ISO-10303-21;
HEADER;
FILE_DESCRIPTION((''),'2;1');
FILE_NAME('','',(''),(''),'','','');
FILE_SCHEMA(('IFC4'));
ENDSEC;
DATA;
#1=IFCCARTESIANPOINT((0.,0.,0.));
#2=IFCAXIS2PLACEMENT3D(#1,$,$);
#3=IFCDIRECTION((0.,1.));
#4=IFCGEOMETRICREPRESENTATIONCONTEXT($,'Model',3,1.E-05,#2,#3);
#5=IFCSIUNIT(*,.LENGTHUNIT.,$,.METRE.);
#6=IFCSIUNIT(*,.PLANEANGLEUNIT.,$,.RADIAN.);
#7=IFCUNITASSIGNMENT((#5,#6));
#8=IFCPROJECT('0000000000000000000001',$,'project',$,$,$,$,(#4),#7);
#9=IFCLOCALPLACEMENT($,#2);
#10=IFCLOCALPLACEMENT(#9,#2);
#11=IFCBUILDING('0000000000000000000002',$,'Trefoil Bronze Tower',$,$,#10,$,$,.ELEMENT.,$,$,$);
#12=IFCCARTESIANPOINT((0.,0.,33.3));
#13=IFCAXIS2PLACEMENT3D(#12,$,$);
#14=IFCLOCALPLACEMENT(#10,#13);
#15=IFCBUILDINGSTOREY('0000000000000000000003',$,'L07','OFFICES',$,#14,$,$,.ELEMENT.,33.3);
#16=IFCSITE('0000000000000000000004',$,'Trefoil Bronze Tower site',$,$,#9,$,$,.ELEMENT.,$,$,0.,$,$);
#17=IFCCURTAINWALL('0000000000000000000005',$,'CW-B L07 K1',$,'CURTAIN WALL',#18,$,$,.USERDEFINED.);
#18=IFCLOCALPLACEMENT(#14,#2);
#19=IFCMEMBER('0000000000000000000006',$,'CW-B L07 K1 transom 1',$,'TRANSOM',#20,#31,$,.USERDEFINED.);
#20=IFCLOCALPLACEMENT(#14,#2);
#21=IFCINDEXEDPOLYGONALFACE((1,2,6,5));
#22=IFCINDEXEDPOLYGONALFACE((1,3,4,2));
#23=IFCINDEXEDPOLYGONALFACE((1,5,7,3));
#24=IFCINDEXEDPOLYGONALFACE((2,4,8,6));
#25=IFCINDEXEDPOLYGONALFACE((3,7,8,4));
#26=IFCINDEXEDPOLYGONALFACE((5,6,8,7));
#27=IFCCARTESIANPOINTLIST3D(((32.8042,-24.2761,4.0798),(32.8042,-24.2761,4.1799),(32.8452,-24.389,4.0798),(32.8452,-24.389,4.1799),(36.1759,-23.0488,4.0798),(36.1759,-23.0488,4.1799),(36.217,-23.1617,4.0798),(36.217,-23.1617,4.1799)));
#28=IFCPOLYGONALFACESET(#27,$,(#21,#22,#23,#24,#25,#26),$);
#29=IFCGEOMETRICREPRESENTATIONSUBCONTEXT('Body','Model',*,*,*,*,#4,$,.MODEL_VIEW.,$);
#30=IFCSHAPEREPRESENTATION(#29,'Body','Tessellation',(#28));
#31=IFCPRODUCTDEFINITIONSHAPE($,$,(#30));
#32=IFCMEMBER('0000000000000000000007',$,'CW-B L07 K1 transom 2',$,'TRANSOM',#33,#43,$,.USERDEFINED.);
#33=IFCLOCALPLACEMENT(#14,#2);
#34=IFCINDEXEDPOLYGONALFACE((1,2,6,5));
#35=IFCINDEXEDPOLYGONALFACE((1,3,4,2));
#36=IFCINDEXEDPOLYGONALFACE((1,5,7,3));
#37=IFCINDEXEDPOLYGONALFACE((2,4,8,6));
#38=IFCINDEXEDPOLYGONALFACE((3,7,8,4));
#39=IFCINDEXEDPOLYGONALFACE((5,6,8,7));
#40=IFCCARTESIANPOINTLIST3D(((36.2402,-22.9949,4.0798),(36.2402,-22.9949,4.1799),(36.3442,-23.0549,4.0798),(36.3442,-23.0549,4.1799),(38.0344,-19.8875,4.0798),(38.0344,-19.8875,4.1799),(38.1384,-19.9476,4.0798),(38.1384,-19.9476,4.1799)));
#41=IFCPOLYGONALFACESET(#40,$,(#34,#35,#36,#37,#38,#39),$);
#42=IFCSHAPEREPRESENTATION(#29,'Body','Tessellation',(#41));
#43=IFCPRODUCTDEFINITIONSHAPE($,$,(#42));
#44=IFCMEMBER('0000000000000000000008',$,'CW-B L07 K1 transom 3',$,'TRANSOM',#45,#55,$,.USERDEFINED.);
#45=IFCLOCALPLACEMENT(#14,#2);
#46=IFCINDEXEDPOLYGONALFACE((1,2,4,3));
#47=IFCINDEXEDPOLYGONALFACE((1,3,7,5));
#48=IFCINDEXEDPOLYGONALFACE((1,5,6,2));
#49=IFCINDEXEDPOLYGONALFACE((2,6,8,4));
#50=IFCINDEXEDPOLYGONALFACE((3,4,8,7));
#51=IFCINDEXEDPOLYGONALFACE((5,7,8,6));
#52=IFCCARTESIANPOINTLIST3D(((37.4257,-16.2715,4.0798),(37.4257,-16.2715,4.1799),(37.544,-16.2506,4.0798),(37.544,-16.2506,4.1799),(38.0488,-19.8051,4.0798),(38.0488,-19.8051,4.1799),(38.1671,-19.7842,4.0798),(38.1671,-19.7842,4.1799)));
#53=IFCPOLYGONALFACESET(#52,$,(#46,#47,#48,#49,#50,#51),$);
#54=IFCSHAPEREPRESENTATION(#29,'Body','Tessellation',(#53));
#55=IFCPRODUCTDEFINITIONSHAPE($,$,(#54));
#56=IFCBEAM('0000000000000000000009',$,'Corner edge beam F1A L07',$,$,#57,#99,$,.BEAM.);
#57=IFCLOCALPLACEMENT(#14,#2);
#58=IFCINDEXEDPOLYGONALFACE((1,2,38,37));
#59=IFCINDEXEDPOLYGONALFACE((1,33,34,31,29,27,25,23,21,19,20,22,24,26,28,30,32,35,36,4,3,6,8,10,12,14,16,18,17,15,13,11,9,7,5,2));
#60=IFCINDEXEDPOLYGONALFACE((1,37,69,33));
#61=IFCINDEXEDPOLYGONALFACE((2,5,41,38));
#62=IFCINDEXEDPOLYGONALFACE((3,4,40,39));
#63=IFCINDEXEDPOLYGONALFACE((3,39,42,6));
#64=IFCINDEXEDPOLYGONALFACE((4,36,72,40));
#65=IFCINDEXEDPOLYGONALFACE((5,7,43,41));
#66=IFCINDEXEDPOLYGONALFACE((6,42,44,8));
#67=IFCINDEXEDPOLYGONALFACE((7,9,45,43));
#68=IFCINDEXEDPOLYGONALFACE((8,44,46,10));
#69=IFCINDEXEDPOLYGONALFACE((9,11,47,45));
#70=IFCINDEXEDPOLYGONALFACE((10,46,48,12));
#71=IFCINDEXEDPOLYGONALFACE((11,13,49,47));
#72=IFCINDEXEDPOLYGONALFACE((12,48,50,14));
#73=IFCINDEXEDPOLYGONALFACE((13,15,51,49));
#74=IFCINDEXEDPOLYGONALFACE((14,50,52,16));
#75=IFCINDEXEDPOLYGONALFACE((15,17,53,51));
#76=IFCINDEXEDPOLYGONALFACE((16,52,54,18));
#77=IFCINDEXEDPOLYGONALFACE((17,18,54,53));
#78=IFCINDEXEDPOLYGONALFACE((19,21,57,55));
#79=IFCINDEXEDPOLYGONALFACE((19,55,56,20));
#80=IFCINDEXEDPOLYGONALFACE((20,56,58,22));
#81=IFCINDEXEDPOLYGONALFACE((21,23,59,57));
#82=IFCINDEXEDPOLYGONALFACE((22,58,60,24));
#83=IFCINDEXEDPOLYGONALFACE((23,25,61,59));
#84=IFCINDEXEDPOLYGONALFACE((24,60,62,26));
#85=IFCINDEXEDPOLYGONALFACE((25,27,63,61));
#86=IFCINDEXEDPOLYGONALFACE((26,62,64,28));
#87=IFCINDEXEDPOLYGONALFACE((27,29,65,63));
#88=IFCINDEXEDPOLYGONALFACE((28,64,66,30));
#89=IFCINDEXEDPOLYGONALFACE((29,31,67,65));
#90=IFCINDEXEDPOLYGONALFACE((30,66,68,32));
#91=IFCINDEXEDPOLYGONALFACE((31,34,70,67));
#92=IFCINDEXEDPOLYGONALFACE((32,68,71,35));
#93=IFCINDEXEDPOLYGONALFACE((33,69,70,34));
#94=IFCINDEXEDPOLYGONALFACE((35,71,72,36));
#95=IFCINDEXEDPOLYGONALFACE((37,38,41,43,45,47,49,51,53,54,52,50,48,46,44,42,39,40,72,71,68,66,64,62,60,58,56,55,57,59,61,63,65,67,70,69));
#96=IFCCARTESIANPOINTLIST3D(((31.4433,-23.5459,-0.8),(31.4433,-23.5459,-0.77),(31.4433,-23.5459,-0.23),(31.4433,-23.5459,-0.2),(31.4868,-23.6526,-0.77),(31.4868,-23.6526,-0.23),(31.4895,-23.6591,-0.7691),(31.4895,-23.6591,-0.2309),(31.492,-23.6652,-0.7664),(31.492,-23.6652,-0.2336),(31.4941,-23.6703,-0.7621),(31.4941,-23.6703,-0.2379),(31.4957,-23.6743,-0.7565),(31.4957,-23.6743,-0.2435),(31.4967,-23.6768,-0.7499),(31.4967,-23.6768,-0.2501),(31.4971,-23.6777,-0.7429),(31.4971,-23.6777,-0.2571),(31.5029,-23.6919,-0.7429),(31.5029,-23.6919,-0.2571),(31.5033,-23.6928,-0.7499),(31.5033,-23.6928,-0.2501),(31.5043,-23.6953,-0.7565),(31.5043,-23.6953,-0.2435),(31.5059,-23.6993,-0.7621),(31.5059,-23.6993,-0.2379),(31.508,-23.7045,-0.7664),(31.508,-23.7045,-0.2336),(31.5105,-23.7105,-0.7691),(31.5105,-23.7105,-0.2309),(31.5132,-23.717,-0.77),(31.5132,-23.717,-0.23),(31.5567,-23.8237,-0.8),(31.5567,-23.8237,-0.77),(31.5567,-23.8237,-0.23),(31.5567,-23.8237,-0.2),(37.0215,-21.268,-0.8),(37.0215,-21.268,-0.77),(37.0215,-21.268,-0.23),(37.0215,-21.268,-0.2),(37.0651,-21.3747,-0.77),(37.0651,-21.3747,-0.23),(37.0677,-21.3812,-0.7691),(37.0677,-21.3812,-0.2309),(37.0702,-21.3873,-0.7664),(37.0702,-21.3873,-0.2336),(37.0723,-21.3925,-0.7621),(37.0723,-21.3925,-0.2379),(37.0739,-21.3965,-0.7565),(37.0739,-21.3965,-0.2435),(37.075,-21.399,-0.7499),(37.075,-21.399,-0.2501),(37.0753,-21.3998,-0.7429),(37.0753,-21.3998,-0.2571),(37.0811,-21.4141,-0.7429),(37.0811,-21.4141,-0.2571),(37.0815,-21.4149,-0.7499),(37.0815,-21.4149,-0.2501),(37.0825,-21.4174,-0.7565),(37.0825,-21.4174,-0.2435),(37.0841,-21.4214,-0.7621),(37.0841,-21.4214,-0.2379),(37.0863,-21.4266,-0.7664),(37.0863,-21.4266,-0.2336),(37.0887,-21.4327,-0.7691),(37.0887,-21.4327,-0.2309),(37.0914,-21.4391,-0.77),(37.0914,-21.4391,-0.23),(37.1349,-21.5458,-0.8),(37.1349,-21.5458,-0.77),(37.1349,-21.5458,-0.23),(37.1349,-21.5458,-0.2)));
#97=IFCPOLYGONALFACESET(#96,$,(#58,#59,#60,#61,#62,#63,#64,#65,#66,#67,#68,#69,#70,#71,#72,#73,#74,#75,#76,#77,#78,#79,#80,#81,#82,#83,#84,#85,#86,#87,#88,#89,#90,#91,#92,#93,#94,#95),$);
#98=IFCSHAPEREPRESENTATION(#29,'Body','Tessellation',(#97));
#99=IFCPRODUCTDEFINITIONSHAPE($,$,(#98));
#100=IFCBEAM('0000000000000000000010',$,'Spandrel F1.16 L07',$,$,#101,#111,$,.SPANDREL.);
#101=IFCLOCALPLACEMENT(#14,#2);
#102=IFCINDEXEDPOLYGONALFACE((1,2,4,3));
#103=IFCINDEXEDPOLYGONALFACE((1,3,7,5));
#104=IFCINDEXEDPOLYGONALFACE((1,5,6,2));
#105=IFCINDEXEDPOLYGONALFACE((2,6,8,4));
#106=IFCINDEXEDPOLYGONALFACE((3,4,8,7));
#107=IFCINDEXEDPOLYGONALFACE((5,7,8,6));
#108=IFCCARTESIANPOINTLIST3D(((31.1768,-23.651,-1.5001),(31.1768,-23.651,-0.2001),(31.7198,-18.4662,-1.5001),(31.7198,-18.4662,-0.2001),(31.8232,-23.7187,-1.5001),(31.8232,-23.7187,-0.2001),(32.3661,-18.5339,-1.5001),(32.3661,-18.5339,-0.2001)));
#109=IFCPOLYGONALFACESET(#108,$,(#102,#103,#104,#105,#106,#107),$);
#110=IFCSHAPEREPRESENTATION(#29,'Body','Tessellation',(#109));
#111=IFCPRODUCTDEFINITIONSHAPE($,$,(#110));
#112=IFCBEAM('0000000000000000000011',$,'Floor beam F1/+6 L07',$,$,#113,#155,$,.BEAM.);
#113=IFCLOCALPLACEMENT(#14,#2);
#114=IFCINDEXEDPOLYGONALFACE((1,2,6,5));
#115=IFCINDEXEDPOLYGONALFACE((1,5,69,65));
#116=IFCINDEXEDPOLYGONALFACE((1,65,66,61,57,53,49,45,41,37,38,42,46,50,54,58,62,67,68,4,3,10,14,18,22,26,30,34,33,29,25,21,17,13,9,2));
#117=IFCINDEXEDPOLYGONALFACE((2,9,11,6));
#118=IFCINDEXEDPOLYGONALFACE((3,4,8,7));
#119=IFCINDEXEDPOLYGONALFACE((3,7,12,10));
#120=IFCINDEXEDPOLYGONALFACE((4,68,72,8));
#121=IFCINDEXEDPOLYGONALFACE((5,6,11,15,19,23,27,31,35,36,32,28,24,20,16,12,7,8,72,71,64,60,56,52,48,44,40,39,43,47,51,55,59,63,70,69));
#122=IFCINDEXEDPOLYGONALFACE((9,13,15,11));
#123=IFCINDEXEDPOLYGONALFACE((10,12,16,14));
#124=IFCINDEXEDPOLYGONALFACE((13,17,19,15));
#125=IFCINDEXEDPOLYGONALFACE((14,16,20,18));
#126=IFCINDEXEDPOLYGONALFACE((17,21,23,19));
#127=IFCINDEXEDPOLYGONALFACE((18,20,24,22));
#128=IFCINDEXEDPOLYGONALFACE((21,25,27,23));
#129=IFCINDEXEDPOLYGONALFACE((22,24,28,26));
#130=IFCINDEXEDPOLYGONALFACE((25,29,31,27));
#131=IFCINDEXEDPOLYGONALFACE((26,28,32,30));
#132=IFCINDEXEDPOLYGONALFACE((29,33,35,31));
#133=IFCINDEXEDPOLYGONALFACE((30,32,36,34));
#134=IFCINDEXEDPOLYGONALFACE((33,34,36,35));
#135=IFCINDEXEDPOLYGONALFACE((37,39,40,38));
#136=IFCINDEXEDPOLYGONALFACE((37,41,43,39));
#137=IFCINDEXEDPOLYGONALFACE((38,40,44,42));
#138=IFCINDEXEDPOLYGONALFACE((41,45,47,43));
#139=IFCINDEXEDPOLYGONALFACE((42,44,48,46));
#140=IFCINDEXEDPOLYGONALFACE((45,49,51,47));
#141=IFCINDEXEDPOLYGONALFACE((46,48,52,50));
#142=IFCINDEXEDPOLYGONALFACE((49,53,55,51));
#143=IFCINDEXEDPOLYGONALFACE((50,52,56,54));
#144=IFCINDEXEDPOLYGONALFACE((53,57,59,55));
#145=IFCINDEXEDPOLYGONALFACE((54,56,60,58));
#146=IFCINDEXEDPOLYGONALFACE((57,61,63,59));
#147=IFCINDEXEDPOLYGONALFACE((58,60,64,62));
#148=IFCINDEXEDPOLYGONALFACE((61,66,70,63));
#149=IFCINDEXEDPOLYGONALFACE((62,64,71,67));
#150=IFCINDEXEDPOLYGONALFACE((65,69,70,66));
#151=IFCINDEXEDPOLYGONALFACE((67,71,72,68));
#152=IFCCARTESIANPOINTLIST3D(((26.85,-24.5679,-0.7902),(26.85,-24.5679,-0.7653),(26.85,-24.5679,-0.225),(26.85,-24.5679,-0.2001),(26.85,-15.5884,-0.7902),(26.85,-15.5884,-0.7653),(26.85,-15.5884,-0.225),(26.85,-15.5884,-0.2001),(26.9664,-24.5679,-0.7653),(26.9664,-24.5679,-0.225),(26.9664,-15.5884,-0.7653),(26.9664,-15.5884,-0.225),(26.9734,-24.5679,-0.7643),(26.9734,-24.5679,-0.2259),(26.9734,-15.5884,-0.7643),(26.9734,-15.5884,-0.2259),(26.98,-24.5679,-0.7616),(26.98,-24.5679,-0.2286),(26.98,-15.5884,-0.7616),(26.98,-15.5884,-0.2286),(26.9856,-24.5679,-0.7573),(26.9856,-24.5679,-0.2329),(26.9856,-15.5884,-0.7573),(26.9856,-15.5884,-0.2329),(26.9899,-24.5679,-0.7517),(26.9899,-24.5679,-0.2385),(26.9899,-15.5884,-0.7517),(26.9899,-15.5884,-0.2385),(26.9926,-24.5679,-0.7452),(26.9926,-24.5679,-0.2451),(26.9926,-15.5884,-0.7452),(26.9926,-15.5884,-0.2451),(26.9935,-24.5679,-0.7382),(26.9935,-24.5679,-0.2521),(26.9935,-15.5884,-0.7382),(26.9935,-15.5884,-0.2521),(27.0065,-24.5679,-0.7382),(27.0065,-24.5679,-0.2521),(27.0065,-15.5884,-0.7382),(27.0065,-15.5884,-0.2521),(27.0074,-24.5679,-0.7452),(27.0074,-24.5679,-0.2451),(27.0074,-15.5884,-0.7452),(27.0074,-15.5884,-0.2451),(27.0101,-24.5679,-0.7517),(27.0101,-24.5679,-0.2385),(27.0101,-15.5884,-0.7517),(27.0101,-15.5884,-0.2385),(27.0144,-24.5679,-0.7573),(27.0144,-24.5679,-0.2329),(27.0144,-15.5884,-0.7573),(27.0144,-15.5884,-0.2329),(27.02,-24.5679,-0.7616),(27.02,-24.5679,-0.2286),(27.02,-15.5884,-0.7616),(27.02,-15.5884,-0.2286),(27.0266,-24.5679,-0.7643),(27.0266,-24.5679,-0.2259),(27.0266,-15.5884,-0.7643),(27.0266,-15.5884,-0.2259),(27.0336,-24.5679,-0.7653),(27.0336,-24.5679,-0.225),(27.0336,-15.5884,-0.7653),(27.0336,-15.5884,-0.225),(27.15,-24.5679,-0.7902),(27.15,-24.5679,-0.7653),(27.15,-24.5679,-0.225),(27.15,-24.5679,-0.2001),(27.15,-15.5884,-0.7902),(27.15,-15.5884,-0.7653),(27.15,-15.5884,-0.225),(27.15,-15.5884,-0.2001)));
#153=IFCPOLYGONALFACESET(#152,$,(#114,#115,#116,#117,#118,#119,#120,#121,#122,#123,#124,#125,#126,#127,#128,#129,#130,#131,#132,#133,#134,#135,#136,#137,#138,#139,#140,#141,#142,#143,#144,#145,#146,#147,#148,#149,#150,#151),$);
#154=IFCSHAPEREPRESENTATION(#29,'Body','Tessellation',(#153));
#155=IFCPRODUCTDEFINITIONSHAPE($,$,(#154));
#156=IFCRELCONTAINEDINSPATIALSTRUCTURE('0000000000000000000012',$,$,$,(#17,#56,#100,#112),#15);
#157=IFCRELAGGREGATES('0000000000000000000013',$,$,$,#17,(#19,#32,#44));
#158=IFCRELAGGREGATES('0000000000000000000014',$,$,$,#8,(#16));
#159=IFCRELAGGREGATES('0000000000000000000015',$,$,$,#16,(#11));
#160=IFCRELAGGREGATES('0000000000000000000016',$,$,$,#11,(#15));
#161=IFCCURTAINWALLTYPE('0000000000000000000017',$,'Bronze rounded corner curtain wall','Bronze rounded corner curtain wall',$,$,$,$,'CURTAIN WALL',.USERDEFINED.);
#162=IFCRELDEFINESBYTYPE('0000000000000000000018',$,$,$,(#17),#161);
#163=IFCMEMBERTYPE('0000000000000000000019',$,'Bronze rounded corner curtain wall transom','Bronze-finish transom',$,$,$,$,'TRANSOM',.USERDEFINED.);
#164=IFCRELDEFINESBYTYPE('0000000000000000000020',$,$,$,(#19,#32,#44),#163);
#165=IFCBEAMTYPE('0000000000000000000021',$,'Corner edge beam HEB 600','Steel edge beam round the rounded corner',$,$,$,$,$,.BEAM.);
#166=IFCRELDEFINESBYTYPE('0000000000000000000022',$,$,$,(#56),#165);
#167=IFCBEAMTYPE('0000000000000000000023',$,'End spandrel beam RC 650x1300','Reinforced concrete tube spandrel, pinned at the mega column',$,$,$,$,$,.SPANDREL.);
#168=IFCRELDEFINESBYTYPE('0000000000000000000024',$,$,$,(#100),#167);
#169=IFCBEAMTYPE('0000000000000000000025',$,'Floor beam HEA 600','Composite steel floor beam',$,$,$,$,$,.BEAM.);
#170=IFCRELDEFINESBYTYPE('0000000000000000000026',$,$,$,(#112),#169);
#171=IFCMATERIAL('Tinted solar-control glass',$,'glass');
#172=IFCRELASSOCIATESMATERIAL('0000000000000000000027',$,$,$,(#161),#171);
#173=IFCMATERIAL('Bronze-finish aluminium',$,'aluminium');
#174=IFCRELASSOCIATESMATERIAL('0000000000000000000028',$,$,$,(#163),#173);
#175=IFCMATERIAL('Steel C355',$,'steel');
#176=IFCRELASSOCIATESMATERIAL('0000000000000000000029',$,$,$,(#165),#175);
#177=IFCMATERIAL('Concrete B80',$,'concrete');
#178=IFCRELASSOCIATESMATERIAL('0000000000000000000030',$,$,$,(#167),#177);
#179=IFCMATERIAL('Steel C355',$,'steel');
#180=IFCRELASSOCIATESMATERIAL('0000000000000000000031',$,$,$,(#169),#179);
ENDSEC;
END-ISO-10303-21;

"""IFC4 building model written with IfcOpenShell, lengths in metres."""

from ifc_helpers import new_model, si_unit, direction, frame, origin, origin_2d, place, context, subcontext, project, spatial, rectangle, i_section, extrude, material, material_profile, profile_set, type_object, element, aggregate, save


model = new_model("IFC4")

# Units and contexts
model_context = context("Model", 3, precision=1e-05, world=origin(), true_north=direction((0.0, 1.0)))
body_context = subcontext(model_context, "Body", "Model", "MODEL_VIEW")
ifc_project = project(units=[si_unit("LENGTHUNIT", "METRE"), si_unit("PLANEANGLEUNIT", "RADIAN")], contexts=[model_context])

# Site, building, storey
site_placement = place(None, origin())
site = spatial("IfcSite", under=ifc_project, at=site_placement, Name="Trefoil Bronze Tower site", CompositionType="ELEMENT", RefElevation=0.0)
building_placement = place(site_placement, origin())
building = spatial("IfcBuilding", under=site, at=building_placement, Name="Trefoil Bronze Tower", CompositionType="ELEMENT")
storey_placement = place(building_placement, frame((0.0, 0.0, 33.3)))
storey = spatial("IfcBuildingStorey", under=building, at=storey_placement, Name="L07", Description="OFFICES", CompositionType="ELEMENT", Elevation=33.3)

# Curtain wall, members
ifc_material_1 = material(Name="Tinted solar-control glass", Category="glass")
curtain_wall_type_1 = type_object("IfcCurtainWallType", Name="Bronze rounded corner curtain wall", Description="Bronze rounded corner curtain wall", ElementType="CURTAIN WALL", PredefinedType="USERDEFINED", material=ifc_material_1)
curtain_wall_1_placement = place(storey_placement, origin())
curtain_wall_1 = element("IfcCurtainWall", 1, at=curtain_wall_1_placement, inside=storey, type_object=curtain_wall_type_1, Name="CW-B L07 K1", ObjectType="CURTAIN WALL", PredefinedType="USERDEFINED")
ifc_material_2 = material(Name="Bronze-finish aluminium", Category="aluminium")
ifc_material_profile_1 = material_profile(ifc_material_2, rectangle(XDim=0.1201, YDim=0.1001, at=origin_2d()), Name="CW-B transom")
ifc_profile_set_1 = profile_set([ifc_material_profile_1], Name="Bronze-finish aluminium")
member_type_1 = type_object("IfcMemberType", Name="Bronze rounded corner curtain wall transom", Description="Bronze-finish transom", ElementType="TRANSOM", PredefinedType="USERDEFINED", material=ifc_profile_set_1)
member_1_placement = place(storey_placement, frame((32.8247, -24.3325, 4.1299), z_axis=(0.939688, 0.342033, 0.0), x_axis=(-0.342033, 0.939688, 0.0)))
member_1 = element("IfcMember", 2, at=member_1_placement, type_object=member_type_1, Name="CW-B L07 K1 transom 1", ObjectType="TRANSOM", PredefinedType="USERDEFINED", context=body_context, shape_type="SweptSolid", body=[
    extrude(rectangle(XDim=0.1201, YDim=0.1001, at=origin_2d()), origin(), (0.0, 0.0, 1.0), 3.5881),
])
member_2_placement = place(storey_placement, frame((36.2922, -23.0249, 4.1299), z_axis=(0.500025, 0.866011, 0.0), x_axis=(-0.866011, 0.500025, 0.0)))
member_2 = element("IfcMember", 3, at=member_2_placement, type_object=member_type_1, Name="CW-B L07 K1 transom 2", ObjectType="TRANSOM", PredefinedType="USERDEFINED", context=body_context, shape_type="SweptSolid", body=[
    extrude(rectangle(XDim=0.1201, YDim=0.1001, at=origin_2d()), origin(), (0.0, 0.0, 1.0), 3.5881),
])
member_3_placement = place(storey_placement, frame((38.1079, -19.7947, 4.1299), z_axis=(-0.173638, 0.98481, 0.0), x_axis=(-0.98481, -0.173638, 0.0)))
member_3 = element("IfcMember", 4, at=member_3_placement, type_object=member_type_1, Name="CW-B L07 K1 transom 3", ObjectType="TRANSOM", PredefinedType="USERDEFINED", context=body_context, shape_type="SweptSolid", body=[
    extrude(rectangle(XDim=0.1201, YDim=0.1001, at=origin_2d()), origin(), (0.0, 0.0, 1.0), 3.5881),
])

# Beams
ifc_material_3 = material(Name="Steel C355", Category="steel")
ifc_material_profile_2 = material_profile(ifc_material_3, i_section(OverallWidth=0.3, OverallDepth=0.6001, WebThickness=0.0154, FlangeThickness=0.03, FilletRadius=0.0271, at=origin_2d()), Name="HEB 600")
ifc_profile_set_2 = profile_set([ifc_material_profile_2], Name="Steel C355")
beam_type_1 = type_object("IfcBeamType", Name="Corner edge beam HEB 600", Description="Steel edge beam round the rounded corner", PredefinedType="BEAM", material=ifc_profile_set_2)
beam_1_placement = place(storey_placement, frame((31.5, -23.6848, -0.5), z_axis=(0.925787, 0.378046, 0.0), x_axis=(-0.378046, 0.925787, 0.0)))
element("IfcBeam", 5, at=beam_1_placement, inside=storey, type_object=beam_type_1, Name="Corner edge beam F1A L07", PredefinedType="BEAM", context=body_context, shape_type="SweptSolid", body=[
    extrude(i_section(OverallWidth=0.3, OverallDepth=0.6001, WebThickness=0.0154, FlangeThickness=0.03, FilletRadius=0.0271, at=origin_2d()), origin(), (0.0, 0.0, 1.0), 6.0254),
])
ifc_material_4 = material(Name="Concrete B80", Category="concrete")
ifc_material_profile_3 = material_profile(ifc_material_4, rectangle(XDim=0.6499, YDim=1.3, at=origin_2d()), Name="RC 650x1300")
ifc_profile_set_3 = profile_set([ifc_material_profile_3], Name="Concrete B80")
beam_type_2 = type_object("IfcBeamType", Name="End spandrel beam RC 650x1300", Description="Reinforced concrete tube spandrel, pinned at the mega column", PredefinedType="SPANDREL", material=ifc_profile_set_3)
beam_2_placement = place(storey_placement, frame((31.5, -23.6848, -0.8501), z_axis=(0.104153, 0.994561, 0.0), x_axis=(-0.994561, 0.104153, 0.0)))
element("IfcBeam", 6, at=beam_2_placement, inside=storey, type_object=beam_type_2, Name="Spandrel F1.16 L07", PredefinedType="SPANDREL", context=body_context, shape_type="SweptSolid", body=[
    extrude(rectangle(XDim=0.6499, YDim=1.3, at=origin_2d()), origin(), (0.0, 0.0, 1.0), 5.2131),
])
ifc_material_5 = material(Name="Steel C355", Category="steel")
ifc_material_profile_4 = material_profile(ifc_material_5, i_section(OverallWidth=0.3, OverallDepth=0.5901, WebThickness=0.0129, FlangeThickness=0.0249, FilletRadius=0.0271, at=origin_2d()), Name="HEA 600")
ifc_profile_set_4 = profile_set([ifc_material_profile_4], Name="Steel C355")
beam_type_3 = type_object("IfcBeamType", Name="Floor beam HEA 600", Description="Composite steel floor beam", PredefinedType="BEAM", material=ifc_profile_set_4)
beam_3_placement = place(storey_placement, frame((27.0, -24.5679, -0.4951), z_axis=(0.0, 1.0, 0.0), x_axis=(-1.0, 0.0, 0.0)))
element("IfcBeam", 7, at=beam_3_placement, inside=storey, type_object=beam_type_3, Name="Floor beam F1/+6 L07", PredefinedType="BEAM", context=body_context, shape_type="SweptSolid", body=[
    extrude(i_section(OverallWidth=0.3, OverallDepth=0.5901, WebThickness=0.0129, FlangeThickness=0.0249, FilletRadius=0.0271, at=origin_2d()), origin(), (0.0, 0.0, 1.0), 8.9795),
])

aggregate(curtain_wall_1, [member_1, member_2, member_3])

save(model, "model.ifc")
